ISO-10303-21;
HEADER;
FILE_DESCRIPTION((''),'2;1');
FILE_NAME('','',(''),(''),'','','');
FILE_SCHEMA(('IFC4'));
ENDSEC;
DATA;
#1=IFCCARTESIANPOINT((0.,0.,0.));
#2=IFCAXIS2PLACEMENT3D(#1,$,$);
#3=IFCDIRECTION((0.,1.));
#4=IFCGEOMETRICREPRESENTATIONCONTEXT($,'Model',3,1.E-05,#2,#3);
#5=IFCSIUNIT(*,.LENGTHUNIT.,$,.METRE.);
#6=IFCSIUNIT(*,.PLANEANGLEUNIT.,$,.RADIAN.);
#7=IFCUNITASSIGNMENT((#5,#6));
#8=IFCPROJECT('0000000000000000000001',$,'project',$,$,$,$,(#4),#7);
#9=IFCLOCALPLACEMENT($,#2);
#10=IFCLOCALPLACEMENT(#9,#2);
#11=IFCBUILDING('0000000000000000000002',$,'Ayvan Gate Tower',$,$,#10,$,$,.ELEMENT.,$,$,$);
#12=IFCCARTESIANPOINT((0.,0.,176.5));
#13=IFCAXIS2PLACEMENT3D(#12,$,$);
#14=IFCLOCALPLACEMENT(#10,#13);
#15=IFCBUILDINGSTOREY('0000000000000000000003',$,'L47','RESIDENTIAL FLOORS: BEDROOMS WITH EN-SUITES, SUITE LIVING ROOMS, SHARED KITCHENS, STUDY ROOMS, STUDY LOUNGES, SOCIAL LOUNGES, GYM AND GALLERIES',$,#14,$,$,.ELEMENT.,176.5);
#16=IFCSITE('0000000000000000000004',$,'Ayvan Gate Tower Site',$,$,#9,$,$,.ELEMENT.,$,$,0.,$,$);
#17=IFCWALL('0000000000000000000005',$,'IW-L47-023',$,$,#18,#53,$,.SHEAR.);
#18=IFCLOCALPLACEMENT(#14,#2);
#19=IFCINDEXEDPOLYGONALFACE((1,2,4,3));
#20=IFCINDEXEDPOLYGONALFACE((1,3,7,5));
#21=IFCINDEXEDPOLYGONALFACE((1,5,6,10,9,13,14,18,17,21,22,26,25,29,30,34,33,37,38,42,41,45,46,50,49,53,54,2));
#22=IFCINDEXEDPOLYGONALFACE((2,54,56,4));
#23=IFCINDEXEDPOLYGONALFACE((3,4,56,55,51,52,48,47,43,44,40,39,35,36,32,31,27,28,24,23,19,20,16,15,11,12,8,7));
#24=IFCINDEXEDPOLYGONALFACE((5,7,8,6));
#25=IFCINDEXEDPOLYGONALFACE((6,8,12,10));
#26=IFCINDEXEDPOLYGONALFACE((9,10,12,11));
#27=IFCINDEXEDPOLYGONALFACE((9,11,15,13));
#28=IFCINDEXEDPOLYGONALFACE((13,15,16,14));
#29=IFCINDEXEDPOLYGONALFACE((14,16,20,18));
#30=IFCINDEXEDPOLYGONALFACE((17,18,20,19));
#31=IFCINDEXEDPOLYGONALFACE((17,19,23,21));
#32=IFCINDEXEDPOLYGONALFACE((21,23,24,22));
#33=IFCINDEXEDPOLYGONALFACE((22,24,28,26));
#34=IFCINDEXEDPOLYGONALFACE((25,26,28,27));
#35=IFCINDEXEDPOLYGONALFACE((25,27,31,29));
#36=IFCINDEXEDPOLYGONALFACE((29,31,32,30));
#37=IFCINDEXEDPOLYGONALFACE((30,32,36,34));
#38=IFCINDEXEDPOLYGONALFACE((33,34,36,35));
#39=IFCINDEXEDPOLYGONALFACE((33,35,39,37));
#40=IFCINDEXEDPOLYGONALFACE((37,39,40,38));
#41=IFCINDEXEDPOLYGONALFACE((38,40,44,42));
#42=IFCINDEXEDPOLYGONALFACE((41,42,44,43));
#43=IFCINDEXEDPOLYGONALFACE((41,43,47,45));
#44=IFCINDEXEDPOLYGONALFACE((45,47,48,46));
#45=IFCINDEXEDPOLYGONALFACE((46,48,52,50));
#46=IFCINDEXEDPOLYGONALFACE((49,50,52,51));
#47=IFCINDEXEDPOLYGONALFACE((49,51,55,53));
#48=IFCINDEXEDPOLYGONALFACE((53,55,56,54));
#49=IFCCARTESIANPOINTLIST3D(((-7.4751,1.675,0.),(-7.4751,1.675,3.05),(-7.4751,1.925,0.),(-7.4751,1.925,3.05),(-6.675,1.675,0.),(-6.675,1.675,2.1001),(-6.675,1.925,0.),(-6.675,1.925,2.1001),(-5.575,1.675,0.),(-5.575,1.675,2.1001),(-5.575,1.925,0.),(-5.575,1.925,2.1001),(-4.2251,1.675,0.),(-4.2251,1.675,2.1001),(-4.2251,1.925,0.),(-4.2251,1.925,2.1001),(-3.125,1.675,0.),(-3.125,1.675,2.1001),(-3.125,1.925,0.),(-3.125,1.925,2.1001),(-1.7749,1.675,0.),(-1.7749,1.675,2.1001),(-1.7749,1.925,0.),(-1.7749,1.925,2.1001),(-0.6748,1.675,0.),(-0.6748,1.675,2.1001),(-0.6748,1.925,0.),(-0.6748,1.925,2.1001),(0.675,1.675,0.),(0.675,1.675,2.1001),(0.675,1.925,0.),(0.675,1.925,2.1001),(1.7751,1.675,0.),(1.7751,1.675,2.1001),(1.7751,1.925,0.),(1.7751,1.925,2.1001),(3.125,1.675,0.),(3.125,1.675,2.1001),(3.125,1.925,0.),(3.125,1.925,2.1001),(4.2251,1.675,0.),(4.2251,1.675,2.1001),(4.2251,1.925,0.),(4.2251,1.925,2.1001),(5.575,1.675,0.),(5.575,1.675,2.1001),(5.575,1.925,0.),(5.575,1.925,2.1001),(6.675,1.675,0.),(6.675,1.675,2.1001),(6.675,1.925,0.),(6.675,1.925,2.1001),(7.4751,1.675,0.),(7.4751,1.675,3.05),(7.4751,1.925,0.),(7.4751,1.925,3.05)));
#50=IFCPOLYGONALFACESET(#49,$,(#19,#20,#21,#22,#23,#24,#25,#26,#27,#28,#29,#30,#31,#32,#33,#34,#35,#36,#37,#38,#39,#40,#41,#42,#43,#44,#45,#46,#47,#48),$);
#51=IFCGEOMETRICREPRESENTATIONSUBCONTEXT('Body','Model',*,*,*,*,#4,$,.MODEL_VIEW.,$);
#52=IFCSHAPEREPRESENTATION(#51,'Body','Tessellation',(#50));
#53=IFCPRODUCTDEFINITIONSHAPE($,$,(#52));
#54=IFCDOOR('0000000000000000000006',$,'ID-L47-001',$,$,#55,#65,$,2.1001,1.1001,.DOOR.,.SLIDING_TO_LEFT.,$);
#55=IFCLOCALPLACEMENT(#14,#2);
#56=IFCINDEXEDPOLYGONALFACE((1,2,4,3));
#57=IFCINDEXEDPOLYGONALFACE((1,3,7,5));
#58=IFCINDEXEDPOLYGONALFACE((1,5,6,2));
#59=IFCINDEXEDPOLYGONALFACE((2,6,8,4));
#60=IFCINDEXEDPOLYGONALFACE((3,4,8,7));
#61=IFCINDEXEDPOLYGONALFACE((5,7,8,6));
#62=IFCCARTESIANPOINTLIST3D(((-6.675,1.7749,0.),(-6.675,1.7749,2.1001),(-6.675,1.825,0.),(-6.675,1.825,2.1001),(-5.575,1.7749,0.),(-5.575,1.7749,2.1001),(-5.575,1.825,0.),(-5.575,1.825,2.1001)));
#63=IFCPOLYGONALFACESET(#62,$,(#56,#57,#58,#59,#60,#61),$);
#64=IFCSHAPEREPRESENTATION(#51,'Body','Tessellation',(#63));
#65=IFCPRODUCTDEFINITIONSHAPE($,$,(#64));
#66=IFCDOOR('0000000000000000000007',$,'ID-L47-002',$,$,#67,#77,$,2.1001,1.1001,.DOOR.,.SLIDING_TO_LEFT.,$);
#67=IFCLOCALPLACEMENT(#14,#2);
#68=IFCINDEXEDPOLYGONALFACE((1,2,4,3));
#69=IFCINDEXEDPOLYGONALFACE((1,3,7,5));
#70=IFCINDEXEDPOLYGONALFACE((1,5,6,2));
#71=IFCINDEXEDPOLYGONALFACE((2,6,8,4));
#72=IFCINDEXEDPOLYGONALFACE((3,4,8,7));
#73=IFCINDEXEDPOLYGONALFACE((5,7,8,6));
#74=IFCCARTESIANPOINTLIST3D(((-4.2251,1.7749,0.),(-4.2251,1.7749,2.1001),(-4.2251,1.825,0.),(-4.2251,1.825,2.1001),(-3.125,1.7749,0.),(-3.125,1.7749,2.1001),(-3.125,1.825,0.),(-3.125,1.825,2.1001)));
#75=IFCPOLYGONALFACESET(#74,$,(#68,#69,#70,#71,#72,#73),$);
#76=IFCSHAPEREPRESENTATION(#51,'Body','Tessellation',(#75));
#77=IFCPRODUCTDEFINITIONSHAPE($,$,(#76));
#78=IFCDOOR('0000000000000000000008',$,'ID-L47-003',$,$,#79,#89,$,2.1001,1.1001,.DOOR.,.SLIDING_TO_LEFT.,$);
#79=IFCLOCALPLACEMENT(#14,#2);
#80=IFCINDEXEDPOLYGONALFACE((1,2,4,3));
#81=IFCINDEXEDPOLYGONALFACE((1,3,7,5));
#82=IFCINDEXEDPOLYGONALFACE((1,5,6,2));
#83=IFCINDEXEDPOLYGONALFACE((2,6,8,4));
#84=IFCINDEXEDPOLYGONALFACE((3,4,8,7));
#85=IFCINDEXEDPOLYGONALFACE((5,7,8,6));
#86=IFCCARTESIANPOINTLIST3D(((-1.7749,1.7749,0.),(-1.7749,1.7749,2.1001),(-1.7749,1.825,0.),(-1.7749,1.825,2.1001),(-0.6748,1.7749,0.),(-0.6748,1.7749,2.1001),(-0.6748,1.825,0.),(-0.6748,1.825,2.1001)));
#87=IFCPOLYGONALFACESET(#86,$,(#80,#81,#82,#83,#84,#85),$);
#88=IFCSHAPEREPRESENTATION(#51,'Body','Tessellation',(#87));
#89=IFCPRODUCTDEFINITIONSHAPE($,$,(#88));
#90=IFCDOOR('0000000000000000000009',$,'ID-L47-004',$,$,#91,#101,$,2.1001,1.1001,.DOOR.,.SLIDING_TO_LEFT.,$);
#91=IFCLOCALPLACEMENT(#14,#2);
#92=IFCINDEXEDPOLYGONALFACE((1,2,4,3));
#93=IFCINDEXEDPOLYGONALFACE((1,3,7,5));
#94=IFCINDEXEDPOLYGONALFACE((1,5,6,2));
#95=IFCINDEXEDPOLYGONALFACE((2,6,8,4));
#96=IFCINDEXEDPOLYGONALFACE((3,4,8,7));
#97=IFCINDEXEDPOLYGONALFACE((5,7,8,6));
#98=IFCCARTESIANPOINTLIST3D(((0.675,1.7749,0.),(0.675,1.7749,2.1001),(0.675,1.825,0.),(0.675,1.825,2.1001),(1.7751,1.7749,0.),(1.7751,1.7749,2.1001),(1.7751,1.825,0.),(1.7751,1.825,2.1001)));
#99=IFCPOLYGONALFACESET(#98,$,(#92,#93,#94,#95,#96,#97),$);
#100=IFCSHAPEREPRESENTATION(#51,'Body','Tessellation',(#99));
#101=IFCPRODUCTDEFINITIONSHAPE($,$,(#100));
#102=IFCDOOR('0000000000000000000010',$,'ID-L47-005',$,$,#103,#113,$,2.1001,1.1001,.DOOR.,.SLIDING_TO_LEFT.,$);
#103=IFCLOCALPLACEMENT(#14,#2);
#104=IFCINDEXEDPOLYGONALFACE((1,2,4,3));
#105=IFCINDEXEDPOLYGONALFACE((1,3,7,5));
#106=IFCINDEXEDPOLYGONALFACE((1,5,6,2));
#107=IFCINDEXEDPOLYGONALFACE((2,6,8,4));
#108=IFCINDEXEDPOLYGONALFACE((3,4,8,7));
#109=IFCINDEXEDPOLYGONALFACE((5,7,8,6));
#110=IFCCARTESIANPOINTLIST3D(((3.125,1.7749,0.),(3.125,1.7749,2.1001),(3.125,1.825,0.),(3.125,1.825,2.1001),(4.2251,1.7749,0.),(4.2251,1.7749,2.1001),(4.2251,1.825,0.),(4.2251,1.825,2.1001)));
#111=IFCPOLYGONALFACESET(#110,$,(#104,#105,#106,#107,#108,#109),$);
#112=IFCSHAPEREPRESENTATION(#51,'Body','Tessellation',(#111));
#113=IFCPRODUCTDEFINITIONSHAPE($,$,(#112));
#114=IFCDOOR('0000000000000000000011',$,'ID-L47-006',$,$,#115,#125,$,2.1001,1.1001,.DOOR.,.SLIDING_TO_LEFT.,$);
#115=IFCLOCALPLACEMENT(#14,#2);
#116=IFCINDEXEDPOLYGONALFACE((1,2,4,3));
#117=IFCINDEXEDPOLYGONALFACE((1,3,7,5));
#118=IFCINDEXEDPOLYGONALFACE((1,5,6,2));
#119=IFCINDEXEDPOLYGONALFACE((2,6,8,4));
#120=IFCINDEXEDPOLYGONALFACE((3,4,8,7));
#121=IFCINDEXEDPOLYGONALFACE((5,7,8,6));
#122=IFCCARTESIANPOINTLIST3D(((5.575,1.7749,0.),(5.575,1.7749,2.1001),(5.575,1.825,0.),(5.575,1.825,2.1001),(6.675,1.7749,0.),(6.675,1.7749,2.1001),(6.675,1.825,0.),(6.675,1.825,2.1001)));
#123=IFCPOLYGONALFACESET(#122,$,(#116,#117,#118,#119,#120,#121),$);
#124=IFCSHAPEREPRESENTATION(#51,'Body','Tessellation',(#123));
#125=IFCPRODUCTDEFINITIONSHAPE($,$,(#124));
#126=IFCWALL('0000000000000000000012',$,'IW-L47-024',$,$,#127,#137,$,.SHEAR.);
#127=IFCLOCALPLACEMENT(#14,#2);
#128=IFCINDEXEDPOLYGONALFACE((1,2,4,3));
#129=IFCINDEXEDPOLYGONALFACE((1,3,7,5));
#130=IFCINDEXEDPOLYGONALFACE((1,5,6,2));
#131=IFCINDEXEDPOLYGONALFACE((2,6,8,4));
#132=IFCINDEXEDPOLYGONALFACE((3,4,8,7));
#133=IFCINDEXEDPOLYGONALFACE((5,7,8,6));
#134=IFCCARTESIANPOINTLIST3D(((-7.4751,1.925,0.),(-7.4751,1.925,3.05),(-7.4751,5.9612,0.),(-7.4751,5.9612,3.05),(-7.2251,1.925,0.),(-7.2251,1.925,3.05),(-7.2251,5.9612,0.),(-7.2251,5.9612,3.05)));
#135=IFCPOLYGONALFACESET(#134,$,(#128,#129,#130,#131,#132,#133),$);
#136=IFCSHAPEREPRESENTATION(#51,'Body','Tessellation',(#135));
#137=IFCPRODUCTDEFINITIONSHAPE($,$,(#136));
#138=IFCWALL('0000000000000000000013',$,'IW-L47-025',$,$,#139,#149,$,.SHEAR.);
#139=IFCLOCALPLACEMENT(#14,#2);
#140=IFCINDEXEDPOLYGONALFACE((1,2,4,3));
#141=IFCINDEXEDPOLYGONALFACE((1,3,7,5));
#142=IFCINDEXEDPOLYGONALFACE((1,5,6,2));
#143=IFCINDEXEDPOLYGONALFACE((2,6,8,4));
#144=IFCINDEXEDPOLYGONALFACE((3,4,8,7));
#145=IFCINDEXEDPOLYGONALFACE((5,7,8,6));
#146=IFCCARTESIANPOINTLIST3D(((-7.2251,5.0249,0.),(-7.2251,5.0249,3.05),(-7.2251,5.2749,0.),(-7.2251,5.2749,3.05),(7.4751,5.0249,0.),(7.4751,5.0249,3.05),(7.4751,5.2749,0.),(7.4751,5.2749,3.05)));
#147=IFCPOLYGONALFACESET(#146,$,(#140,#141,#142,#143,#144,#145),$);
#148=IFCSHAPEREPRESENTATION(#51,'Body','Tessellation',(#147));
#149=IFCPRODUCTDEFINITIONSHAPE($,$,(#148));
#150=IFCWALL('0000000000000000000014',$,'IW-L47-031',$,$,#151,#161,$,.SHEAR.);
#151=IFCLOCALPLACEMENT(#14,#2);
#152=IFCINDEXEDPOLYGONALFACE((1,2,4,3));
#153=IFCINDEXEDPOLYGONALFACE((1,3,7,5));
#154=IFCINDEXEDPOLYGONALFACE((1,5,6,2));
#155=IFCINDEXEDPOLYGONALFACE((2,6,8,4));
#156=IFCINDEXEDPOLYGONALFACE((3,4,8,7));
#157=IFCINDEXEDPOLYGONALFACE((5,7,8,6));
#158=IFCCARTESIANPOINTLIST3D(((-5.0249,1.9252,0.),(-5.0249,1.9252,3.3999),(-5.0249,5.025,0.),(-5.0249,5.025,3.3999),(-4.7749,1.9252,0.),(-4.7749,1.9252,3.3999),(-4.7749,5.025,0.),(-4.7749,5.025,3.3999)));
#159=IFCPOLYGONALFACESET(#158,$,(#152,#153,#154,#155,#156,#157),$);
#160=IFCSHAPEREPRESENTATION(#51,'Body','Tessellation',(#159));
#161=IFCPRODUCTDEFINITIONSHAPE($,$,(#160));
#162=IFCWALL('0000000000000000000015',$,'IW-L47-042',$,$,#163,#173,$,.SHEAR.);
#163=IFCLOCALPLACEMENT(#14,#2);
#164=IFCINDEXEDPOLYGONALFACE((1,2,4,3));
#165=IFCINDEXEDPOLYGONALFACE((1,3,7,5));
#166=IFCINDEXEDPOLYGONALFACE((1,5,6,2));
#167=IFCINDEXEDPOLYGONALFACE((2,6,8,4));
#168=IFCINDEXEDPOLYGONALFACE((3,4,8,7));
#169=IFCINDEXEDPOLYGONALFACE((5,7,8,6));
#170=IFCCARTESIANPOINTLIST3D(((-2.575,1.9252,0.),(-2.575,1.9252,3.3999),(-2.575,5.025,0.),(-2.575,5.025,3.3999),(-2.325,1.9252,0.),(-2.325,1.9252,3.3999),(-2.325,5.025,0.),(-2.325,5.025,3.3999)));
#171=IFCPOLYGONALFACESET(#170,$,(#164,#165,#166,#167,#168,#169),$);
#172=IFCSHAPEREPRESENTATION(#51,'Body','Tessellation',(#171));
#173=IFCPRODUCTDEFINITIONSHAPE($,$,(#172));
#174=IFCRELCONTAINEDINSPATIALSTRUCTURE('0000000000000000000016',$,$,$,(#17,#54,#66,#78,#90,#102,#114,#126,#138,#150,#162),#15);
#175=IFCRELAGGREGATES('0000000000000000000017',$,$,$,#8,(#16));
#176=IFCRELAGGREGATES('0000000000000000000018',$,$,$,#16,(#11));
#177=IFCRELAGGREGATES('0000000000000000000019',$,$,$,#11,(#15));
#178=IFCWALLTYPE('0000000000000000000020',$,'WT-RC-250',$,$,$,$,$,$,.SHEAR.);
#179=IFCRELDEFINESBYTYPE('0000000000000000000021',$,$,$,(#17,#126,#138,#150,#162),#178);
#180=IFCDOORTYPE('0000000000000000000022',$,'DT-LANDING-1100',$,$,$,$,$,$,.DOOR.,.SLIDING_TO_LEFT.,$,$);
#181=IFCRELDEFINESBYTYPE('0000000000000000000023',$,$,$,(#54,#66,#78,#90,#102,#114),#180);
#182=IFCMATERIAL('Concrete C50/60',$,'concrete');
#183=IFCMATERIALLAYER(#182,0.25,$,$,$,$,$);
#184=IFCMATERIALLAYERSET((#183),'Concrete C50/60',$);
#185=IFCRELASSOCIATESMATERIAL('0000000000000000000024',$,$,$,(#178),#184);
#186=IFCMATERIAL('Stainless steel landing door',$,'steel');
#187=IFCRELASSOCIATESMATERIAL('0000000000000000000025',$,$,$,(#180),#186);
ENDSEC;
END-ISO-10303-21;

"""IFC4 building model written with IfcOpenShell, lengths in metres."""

from ifc_helpers import new_model, si_unit, direction, frame, frame_2d, origin, place, context, subcontext, project, spatial, rectangle, extrude, material, layer, layer_set, type_object, element, fill, save


model = new_model("IFC4")

# Units and contexts
model_context = context("Model", 3, precision=1e-05, world=origin(), true_north=direction((0.0, 1.0)))
body_context = subcontext(model_context, "Body", "Model", "MODEL_VIEW")
ifc_project = project(units=[si_unit("LENGTHUNIT", "METRE"), si_unit("PLANEANGLEUNIT", "RADIAN")], contexts=[model_context])

# Site, building, storey
site_placement = place(None, origin())
site = spatial("IfcSite", under=ifc_project, at=site_placement, Name="Ayvan Gate Tower Site", CompositionType="ELEMENT", RefElevation=0.0)
building_placement = place(site_placement, origin())
building = spatial("IfcBuilding", under=site, at=building_placement, Name="Ayvan Gate Tower", CompositionType="ELEMENT")
storey_placement = place(building_placement, frame((0.0, 0.0, 176.5)))
storey = spatial("IfcBuildingStorey", under=building, at=storey_placement, Name="L47", Description="RESIDENTIAL FLOORS: BEDROOMS WITH EN-SUITES, SUITE LIVING ROOMS, SHARED KITCHENS, STUDY ROOMS, STUDY LOUNGES, SOCIAL LOUNGES, GYM AND GALLERIES", CompositionType="ELEMENT", Elevation=176.5)

# Wall, openings, doors
ifc_material_1 = material(Name="Concrete C50/60", Category="concrete")
ifc_layer_1 = layer(ifc_material_1, 0.25)
ifc_layer_set_1 = layer_set([ifc_layer_1], Name="Concrete C50/60")
wall_type_1 = type_object("IfcWallType", Name="WT-RC-250", PredefinedType="SHEAR", material=ifc_layer_set_1)
wall_1_placement = place(storey_placement, frame((-7.4751, 1.8, 0.0), z_axis=(0.0, 0.0, 1.0), x_axis=(1.0, 0.0, 0.0)))
wall_1 = element("IfcWall", 1, at=wall_1_placement, inside=storey, type_object=wall_type_1, Name="IW-L47-023", PredefinedType="SHEAR", context=body_context, shape_type="SweptSolid", body=[
    extrude(rectangle(XDim=14.9502, YDim=0.25, at=frame_2d((7.4751, 0.0))), origin(), (0.0, 0.0, 1.0), 3.05),
])
opening_1_placement = place(wall_1_placement, frame((0.8, 0.0, 0.0)))
opening_1 = element("IfcOpeningElement", 2, at=opening_1_placement, cuts=wall_1, PredefinedType="OPENING", context=body_context, shape_type="SweptSolid", body=[
    extrude(rectangle(XDim=1.1001, YDim=2.1001, at=frame_2d((0.55, 1.05))), frame((0.0, 0.135, 0.0), z_axis=(0.0, -1.0, 0.0), x_axis=(1.0, 0.0, 0.0)), (0.0, 0.0, 1.0), 0.27),
])
opening_2_placement = place(wall_1_placement, frame((3.25, 0.0, 0.0)))
opening_2 = element("IfcOpeningElement", 3, at=opening_2_placement, cuts=wall_1, PredefinedType="OPENING", context=body_context, shape_type="SweptSolid", body=[
    extrude(rectangle(XDim=1.1001, YDim=2.1001, at=frame_2d((0.55, 1.05))), frame((0.0, 0.135, 0.0), z_axis=(0.0, -1.0, 0.0), x_axis=(1.0, 0.0, 0.0)), (0.0, 0.0, 1.0), 0.27),
])
opening_3_placement = place(wall_1_placement, frame((5.7002, 0.0, 0.0)))
opening_3 = element("IfcOpeningElement", 4, at=opening_3_placement, cuts=wall_1, PredefinedType="OPENING", context=body_context, shape_type="SweptSolid", body=[
    extrude(rectangle(XDim=1.1001, YDim=2.1001, at=frame_2d((0.55, 1.05))), frame((0.0, 0.135, 0.0), z_axis=(0.0, -1.0, 0.0), x_axis=(1.0, 0.0, 0.0)), (0.0, 0.0, 1.0), 0.27),
])
opening_4_placement = place(wall_1_placement, frame((8.1501, 0.0, 0.0)))
opening_4 = element("IfcOpeningElement", 5, at=opening_4_placement, cuts=wall_1, PredefinedType="OPENING", context=body_context, shape_type="SweptSolid", body=[
    extrude(rectangle(XDim=1.1001, YDim=2.1001, at=frame_2d((0.55, 1.05))), frame((0.0, 0.135, 0.0), z_axis=(0.0, -1.0, 0.0), x_axis=(1.0, 0.0, 0.0)), (0.0, 0.0, 1.0), 0.27),
])
opening_5_placement = place(wall_1_placement, frame((10.6001, 0.0, 0.0)))
opening_5 = element("IfcOpeningElement", 6, at=opening_5_placement, cuts=wall_1, PredefinedType="OPENING", context=body_context, shape_type="SweptSolid", body=[
    extrude(rectangle(XDim=1.1001, YDim=2.1001, at=frame_2d((0.55, 1.05))), frame((0.0, 0.135, 0.0), z_axis=(0.0, -1.0, 0.0), x_axis=(1.0, 0.0, 0.0)), (0.0, 0.0, 1.0), 0.27),
])
opening_6_placement = place(wall_1_placement, frame((13.05, 0.0, 0.0)))
opening_6 = element("IfcOpeningElement", 7, at=opening_6_placement, cuts=wall_1, PredefinedType="OPENING", context=body_context, shape_type="SweptSolid", body=[
    extrude(rectangle(XDim=1.1001, YDim=2.1001, at=frame_2d((0.55, 1.05))), frame((0.0, 0.135, 0.0), z_axis=(0.0, -1.0, 0.0), x_axis=(1.0, 0.0, 0.0)), (0.0, 0.0, 1.0), 0.27),
])
ifc_material_2 = material(Name="Stainless steel landing door", Category="steel")
door_type_1 = type_object("IfcDoorType", Name="DT-LANDING-1100", OperationType="SLIDING_TO_LEFT", PredefinedType="DOOR", material=ifc_material_2)
door_1_placement = place(opening_1_placement, origin())
door_1 = element("IfcDoor", 8, at=door_1_placement, inside=storey, type_object=door_type_1, Name="ID-L47-001", OperationType="SLIDING_TO_LEFT", OverallHeight=2.1001, OverallWidth=1.1001, PredefinedType="DOOR", context=body_context, shape_type="SweptSolid", body=[
    extrude(rectangle(XDim=1.1001, YDim=2.1001, at=frame_2d((0.55, 1.05))), frame((0.0, 0.0249, 0.0), z_axis=(0.0, -1.0, 0.0), x_axis=(1.0, 0.0, 0.0)), (0.0, 0.0, 1.0), 0.05),
])
fill(opening_1, door_1)
door_2_placement = place(opening_2_placement, origin())
door_2 = element("IfcDoor", 9, at=door_2_placement, inside=storey, type_object=door_type_1, Name="ID-L47-002", OperationType="SLIDING_TO_LEFT", OverallHeight=2.1001, OverallWidth=1.1001, PredefinedType="DOOR", context=body_context, shape_type="SweptSolid", body=[
    extrude(rectangle(XDim=1.1001, YDim=2.1001, at=frame_2d((0.55, 1.05))), frame((0.0, 0.0249, 0.0), z_axis=(0.0, -1.0, 0.0), x_axis=(1.0, 0.0, 0.0)), (0.0, 0.0, 1.0), 0.05),
])
fill(opening_2, door_2)
door_3_placement = place(opening_3_placement, origin())
door_3 = element("IfcDoor", 10, at=door_3_placement, inside=storey, type_object=door_type_1, Name="ID-L47-003", OperationType="SLIDING_TO_LEFT", OverallHeight=2.1001, OverallWidth=1.1001, PredefinedType="DOOR", context=body_context, shape_type="SweptSolid", body=[
    extrude(rectangle(XDim=1.1001, YDim=2.1001, at=frame_2d((0.55, 1.05))), frame((0.0, 0.0249, 0.0), z_axis=(0.0, -1.0, 0.0), x_axis=(1.0, 0.0, 0.0)), (0.0, 0.0, 1.0), 0.05),
])
fill(opening_3, door_3)
door_4_placement = place(opening_4_placement, origin())
door_4 = element("IfcDoor", 11, at=door_4_placement, inside=storey, type_object=door_type_1, Name="ID-L47-004", OperationType="SLIDING_TO_LEFT", OverallHeight=2.1001, OverallWidth=1.1001, PredefinedType="DOOR", context=body_context, shape_type="SweptSolid", body=[
    extrude(rectangle(XDim=1.1001, YDim=2.1001, at=frame_2d((0.55, 1.05))), frame((0.0, 0.0249, 0.0), z_axis=(0.0, -1.0, 0.0), x_axis=(1.0, 0.0, 0.0)), (0.0, 0.0, 1.0), 0.05),
])
fill(opening_4, door_4)
door_5_placement = place(opening_5_placement, origin())
door_5 = element("IfcDoor", 12, at=door_5_placement, inside=storey, type_object=door_type_1, Name="ID-L47-005", OperationType="SLIDING_TO_LEFT", OverallHeight=2.1001, OverallWidth=1.1001, PredefinedType="DOOR", context=body_context, shape_type="SweptSolid", body=[
    extrude(rectangle(XDim=1.1001, YDim=2.1001, at=frame_2d((0.55, 1.05))), frame((0.0, 0.0249, 0.0), z_axis=(0.0, -1.0, 0.0), x_axis=(1.0, 0.0, 0.0)), (0.0, 0.0, 1.0), 0.05),
])
fill(opening_5, door_5)
door_6_placement = place(opening_6_placement, origin())
door_6 = element("IfcDoor", 13, at=door_6_placement, inside=storey, type_object=door_type_1, Name="ID-L47-006", OperationType="SLIDING_TO_LEFT", OverallHeight=2.1001, OverallWidth=1.1001, PredefinedType="DOOR", context=body_context, shape_type="SweptSolid", body=[
    extrude(rectangle(XDim=1.1001, YDim=2.1001, at=frame_2d((0.55, 1.05))), frame((0.0, 0.0249, 0.0), z_axis=(0.0, -1.0, 0.0), x_axis=(1.0, 0.0, 0.0)), (0.0, 0.0, 1.0), 0.05),
])
fill(opening_6, door_6)

# Walls
wall_2_placement = place(storey_placement, frame((-7.3501, 1.925, 0.0), z_axis=(0.0, 0.0, 1.0), x_axis=(0.0, 1.0, 0.0)))
element("IfcWall", 14, at=wall_2_placement, inside=storey, type_object=wall_type_1, Name="IW-L47-024", PredefinedType="SHEAR", context=body_context, shape_type="SweptSolid", body=[
    extrude(rectangle(XDim=4.0361, YDim=0.25, at=frame_2d((2.0181, 0.0))), origin(), (0.0, 0.0, 1.0), 3.05),
])
wall_3_placement = place(storey_placement, frame((-7.2251, 5.1499, 0.0), z_axis=(0.0, 0.0, 1.0), x_axis=(1.0, 0.0, 0.0)))
element("IfcWall", 15, at=wall_3_placement, inside=storey, type_object=wall_type_1, Name="IW-L47-025", PredefinedType="SHEAR", context=body_context, shape_type="SweptSolid", body=[
    extrude(rectangle(XDim=14.7002, YDim=0.25, at=frame_2d((7.3501, 0.0))), origin(), (0.0, 0.0, 1.0), 3.05),
])
for number, where, z_axis, x_axis, name in (
    (16, (-4.8999, 5.0249, 0.0), (0.0, 0.0, 1.0), (0.0, -1.0, 0.0), "IW-L47-031"),
    (17, (-2.45, 5.0249, 0.0), (0.0, 0.0, 1.0), (0.0, -1.0, 0.0), "IW-L47-042"),
):
    element("IfcWall", number, at=place(storey_placement, frame(where, z_axis=z_axis, x_axis=x_axis)), inside=storey, type_object=wall_type_1, Name=name, PredefinedType="SHEAR", context=body_context, shape_type="SweptSolid", body=[
        extrude(rectangle(XDim=3.0999, YDim=0.25, at=frame_2d((1.5498, 0.0))), origin(), (0.0, 0.0, 1.0), 3.3999),
    ])

save(model, "model.ifc")
